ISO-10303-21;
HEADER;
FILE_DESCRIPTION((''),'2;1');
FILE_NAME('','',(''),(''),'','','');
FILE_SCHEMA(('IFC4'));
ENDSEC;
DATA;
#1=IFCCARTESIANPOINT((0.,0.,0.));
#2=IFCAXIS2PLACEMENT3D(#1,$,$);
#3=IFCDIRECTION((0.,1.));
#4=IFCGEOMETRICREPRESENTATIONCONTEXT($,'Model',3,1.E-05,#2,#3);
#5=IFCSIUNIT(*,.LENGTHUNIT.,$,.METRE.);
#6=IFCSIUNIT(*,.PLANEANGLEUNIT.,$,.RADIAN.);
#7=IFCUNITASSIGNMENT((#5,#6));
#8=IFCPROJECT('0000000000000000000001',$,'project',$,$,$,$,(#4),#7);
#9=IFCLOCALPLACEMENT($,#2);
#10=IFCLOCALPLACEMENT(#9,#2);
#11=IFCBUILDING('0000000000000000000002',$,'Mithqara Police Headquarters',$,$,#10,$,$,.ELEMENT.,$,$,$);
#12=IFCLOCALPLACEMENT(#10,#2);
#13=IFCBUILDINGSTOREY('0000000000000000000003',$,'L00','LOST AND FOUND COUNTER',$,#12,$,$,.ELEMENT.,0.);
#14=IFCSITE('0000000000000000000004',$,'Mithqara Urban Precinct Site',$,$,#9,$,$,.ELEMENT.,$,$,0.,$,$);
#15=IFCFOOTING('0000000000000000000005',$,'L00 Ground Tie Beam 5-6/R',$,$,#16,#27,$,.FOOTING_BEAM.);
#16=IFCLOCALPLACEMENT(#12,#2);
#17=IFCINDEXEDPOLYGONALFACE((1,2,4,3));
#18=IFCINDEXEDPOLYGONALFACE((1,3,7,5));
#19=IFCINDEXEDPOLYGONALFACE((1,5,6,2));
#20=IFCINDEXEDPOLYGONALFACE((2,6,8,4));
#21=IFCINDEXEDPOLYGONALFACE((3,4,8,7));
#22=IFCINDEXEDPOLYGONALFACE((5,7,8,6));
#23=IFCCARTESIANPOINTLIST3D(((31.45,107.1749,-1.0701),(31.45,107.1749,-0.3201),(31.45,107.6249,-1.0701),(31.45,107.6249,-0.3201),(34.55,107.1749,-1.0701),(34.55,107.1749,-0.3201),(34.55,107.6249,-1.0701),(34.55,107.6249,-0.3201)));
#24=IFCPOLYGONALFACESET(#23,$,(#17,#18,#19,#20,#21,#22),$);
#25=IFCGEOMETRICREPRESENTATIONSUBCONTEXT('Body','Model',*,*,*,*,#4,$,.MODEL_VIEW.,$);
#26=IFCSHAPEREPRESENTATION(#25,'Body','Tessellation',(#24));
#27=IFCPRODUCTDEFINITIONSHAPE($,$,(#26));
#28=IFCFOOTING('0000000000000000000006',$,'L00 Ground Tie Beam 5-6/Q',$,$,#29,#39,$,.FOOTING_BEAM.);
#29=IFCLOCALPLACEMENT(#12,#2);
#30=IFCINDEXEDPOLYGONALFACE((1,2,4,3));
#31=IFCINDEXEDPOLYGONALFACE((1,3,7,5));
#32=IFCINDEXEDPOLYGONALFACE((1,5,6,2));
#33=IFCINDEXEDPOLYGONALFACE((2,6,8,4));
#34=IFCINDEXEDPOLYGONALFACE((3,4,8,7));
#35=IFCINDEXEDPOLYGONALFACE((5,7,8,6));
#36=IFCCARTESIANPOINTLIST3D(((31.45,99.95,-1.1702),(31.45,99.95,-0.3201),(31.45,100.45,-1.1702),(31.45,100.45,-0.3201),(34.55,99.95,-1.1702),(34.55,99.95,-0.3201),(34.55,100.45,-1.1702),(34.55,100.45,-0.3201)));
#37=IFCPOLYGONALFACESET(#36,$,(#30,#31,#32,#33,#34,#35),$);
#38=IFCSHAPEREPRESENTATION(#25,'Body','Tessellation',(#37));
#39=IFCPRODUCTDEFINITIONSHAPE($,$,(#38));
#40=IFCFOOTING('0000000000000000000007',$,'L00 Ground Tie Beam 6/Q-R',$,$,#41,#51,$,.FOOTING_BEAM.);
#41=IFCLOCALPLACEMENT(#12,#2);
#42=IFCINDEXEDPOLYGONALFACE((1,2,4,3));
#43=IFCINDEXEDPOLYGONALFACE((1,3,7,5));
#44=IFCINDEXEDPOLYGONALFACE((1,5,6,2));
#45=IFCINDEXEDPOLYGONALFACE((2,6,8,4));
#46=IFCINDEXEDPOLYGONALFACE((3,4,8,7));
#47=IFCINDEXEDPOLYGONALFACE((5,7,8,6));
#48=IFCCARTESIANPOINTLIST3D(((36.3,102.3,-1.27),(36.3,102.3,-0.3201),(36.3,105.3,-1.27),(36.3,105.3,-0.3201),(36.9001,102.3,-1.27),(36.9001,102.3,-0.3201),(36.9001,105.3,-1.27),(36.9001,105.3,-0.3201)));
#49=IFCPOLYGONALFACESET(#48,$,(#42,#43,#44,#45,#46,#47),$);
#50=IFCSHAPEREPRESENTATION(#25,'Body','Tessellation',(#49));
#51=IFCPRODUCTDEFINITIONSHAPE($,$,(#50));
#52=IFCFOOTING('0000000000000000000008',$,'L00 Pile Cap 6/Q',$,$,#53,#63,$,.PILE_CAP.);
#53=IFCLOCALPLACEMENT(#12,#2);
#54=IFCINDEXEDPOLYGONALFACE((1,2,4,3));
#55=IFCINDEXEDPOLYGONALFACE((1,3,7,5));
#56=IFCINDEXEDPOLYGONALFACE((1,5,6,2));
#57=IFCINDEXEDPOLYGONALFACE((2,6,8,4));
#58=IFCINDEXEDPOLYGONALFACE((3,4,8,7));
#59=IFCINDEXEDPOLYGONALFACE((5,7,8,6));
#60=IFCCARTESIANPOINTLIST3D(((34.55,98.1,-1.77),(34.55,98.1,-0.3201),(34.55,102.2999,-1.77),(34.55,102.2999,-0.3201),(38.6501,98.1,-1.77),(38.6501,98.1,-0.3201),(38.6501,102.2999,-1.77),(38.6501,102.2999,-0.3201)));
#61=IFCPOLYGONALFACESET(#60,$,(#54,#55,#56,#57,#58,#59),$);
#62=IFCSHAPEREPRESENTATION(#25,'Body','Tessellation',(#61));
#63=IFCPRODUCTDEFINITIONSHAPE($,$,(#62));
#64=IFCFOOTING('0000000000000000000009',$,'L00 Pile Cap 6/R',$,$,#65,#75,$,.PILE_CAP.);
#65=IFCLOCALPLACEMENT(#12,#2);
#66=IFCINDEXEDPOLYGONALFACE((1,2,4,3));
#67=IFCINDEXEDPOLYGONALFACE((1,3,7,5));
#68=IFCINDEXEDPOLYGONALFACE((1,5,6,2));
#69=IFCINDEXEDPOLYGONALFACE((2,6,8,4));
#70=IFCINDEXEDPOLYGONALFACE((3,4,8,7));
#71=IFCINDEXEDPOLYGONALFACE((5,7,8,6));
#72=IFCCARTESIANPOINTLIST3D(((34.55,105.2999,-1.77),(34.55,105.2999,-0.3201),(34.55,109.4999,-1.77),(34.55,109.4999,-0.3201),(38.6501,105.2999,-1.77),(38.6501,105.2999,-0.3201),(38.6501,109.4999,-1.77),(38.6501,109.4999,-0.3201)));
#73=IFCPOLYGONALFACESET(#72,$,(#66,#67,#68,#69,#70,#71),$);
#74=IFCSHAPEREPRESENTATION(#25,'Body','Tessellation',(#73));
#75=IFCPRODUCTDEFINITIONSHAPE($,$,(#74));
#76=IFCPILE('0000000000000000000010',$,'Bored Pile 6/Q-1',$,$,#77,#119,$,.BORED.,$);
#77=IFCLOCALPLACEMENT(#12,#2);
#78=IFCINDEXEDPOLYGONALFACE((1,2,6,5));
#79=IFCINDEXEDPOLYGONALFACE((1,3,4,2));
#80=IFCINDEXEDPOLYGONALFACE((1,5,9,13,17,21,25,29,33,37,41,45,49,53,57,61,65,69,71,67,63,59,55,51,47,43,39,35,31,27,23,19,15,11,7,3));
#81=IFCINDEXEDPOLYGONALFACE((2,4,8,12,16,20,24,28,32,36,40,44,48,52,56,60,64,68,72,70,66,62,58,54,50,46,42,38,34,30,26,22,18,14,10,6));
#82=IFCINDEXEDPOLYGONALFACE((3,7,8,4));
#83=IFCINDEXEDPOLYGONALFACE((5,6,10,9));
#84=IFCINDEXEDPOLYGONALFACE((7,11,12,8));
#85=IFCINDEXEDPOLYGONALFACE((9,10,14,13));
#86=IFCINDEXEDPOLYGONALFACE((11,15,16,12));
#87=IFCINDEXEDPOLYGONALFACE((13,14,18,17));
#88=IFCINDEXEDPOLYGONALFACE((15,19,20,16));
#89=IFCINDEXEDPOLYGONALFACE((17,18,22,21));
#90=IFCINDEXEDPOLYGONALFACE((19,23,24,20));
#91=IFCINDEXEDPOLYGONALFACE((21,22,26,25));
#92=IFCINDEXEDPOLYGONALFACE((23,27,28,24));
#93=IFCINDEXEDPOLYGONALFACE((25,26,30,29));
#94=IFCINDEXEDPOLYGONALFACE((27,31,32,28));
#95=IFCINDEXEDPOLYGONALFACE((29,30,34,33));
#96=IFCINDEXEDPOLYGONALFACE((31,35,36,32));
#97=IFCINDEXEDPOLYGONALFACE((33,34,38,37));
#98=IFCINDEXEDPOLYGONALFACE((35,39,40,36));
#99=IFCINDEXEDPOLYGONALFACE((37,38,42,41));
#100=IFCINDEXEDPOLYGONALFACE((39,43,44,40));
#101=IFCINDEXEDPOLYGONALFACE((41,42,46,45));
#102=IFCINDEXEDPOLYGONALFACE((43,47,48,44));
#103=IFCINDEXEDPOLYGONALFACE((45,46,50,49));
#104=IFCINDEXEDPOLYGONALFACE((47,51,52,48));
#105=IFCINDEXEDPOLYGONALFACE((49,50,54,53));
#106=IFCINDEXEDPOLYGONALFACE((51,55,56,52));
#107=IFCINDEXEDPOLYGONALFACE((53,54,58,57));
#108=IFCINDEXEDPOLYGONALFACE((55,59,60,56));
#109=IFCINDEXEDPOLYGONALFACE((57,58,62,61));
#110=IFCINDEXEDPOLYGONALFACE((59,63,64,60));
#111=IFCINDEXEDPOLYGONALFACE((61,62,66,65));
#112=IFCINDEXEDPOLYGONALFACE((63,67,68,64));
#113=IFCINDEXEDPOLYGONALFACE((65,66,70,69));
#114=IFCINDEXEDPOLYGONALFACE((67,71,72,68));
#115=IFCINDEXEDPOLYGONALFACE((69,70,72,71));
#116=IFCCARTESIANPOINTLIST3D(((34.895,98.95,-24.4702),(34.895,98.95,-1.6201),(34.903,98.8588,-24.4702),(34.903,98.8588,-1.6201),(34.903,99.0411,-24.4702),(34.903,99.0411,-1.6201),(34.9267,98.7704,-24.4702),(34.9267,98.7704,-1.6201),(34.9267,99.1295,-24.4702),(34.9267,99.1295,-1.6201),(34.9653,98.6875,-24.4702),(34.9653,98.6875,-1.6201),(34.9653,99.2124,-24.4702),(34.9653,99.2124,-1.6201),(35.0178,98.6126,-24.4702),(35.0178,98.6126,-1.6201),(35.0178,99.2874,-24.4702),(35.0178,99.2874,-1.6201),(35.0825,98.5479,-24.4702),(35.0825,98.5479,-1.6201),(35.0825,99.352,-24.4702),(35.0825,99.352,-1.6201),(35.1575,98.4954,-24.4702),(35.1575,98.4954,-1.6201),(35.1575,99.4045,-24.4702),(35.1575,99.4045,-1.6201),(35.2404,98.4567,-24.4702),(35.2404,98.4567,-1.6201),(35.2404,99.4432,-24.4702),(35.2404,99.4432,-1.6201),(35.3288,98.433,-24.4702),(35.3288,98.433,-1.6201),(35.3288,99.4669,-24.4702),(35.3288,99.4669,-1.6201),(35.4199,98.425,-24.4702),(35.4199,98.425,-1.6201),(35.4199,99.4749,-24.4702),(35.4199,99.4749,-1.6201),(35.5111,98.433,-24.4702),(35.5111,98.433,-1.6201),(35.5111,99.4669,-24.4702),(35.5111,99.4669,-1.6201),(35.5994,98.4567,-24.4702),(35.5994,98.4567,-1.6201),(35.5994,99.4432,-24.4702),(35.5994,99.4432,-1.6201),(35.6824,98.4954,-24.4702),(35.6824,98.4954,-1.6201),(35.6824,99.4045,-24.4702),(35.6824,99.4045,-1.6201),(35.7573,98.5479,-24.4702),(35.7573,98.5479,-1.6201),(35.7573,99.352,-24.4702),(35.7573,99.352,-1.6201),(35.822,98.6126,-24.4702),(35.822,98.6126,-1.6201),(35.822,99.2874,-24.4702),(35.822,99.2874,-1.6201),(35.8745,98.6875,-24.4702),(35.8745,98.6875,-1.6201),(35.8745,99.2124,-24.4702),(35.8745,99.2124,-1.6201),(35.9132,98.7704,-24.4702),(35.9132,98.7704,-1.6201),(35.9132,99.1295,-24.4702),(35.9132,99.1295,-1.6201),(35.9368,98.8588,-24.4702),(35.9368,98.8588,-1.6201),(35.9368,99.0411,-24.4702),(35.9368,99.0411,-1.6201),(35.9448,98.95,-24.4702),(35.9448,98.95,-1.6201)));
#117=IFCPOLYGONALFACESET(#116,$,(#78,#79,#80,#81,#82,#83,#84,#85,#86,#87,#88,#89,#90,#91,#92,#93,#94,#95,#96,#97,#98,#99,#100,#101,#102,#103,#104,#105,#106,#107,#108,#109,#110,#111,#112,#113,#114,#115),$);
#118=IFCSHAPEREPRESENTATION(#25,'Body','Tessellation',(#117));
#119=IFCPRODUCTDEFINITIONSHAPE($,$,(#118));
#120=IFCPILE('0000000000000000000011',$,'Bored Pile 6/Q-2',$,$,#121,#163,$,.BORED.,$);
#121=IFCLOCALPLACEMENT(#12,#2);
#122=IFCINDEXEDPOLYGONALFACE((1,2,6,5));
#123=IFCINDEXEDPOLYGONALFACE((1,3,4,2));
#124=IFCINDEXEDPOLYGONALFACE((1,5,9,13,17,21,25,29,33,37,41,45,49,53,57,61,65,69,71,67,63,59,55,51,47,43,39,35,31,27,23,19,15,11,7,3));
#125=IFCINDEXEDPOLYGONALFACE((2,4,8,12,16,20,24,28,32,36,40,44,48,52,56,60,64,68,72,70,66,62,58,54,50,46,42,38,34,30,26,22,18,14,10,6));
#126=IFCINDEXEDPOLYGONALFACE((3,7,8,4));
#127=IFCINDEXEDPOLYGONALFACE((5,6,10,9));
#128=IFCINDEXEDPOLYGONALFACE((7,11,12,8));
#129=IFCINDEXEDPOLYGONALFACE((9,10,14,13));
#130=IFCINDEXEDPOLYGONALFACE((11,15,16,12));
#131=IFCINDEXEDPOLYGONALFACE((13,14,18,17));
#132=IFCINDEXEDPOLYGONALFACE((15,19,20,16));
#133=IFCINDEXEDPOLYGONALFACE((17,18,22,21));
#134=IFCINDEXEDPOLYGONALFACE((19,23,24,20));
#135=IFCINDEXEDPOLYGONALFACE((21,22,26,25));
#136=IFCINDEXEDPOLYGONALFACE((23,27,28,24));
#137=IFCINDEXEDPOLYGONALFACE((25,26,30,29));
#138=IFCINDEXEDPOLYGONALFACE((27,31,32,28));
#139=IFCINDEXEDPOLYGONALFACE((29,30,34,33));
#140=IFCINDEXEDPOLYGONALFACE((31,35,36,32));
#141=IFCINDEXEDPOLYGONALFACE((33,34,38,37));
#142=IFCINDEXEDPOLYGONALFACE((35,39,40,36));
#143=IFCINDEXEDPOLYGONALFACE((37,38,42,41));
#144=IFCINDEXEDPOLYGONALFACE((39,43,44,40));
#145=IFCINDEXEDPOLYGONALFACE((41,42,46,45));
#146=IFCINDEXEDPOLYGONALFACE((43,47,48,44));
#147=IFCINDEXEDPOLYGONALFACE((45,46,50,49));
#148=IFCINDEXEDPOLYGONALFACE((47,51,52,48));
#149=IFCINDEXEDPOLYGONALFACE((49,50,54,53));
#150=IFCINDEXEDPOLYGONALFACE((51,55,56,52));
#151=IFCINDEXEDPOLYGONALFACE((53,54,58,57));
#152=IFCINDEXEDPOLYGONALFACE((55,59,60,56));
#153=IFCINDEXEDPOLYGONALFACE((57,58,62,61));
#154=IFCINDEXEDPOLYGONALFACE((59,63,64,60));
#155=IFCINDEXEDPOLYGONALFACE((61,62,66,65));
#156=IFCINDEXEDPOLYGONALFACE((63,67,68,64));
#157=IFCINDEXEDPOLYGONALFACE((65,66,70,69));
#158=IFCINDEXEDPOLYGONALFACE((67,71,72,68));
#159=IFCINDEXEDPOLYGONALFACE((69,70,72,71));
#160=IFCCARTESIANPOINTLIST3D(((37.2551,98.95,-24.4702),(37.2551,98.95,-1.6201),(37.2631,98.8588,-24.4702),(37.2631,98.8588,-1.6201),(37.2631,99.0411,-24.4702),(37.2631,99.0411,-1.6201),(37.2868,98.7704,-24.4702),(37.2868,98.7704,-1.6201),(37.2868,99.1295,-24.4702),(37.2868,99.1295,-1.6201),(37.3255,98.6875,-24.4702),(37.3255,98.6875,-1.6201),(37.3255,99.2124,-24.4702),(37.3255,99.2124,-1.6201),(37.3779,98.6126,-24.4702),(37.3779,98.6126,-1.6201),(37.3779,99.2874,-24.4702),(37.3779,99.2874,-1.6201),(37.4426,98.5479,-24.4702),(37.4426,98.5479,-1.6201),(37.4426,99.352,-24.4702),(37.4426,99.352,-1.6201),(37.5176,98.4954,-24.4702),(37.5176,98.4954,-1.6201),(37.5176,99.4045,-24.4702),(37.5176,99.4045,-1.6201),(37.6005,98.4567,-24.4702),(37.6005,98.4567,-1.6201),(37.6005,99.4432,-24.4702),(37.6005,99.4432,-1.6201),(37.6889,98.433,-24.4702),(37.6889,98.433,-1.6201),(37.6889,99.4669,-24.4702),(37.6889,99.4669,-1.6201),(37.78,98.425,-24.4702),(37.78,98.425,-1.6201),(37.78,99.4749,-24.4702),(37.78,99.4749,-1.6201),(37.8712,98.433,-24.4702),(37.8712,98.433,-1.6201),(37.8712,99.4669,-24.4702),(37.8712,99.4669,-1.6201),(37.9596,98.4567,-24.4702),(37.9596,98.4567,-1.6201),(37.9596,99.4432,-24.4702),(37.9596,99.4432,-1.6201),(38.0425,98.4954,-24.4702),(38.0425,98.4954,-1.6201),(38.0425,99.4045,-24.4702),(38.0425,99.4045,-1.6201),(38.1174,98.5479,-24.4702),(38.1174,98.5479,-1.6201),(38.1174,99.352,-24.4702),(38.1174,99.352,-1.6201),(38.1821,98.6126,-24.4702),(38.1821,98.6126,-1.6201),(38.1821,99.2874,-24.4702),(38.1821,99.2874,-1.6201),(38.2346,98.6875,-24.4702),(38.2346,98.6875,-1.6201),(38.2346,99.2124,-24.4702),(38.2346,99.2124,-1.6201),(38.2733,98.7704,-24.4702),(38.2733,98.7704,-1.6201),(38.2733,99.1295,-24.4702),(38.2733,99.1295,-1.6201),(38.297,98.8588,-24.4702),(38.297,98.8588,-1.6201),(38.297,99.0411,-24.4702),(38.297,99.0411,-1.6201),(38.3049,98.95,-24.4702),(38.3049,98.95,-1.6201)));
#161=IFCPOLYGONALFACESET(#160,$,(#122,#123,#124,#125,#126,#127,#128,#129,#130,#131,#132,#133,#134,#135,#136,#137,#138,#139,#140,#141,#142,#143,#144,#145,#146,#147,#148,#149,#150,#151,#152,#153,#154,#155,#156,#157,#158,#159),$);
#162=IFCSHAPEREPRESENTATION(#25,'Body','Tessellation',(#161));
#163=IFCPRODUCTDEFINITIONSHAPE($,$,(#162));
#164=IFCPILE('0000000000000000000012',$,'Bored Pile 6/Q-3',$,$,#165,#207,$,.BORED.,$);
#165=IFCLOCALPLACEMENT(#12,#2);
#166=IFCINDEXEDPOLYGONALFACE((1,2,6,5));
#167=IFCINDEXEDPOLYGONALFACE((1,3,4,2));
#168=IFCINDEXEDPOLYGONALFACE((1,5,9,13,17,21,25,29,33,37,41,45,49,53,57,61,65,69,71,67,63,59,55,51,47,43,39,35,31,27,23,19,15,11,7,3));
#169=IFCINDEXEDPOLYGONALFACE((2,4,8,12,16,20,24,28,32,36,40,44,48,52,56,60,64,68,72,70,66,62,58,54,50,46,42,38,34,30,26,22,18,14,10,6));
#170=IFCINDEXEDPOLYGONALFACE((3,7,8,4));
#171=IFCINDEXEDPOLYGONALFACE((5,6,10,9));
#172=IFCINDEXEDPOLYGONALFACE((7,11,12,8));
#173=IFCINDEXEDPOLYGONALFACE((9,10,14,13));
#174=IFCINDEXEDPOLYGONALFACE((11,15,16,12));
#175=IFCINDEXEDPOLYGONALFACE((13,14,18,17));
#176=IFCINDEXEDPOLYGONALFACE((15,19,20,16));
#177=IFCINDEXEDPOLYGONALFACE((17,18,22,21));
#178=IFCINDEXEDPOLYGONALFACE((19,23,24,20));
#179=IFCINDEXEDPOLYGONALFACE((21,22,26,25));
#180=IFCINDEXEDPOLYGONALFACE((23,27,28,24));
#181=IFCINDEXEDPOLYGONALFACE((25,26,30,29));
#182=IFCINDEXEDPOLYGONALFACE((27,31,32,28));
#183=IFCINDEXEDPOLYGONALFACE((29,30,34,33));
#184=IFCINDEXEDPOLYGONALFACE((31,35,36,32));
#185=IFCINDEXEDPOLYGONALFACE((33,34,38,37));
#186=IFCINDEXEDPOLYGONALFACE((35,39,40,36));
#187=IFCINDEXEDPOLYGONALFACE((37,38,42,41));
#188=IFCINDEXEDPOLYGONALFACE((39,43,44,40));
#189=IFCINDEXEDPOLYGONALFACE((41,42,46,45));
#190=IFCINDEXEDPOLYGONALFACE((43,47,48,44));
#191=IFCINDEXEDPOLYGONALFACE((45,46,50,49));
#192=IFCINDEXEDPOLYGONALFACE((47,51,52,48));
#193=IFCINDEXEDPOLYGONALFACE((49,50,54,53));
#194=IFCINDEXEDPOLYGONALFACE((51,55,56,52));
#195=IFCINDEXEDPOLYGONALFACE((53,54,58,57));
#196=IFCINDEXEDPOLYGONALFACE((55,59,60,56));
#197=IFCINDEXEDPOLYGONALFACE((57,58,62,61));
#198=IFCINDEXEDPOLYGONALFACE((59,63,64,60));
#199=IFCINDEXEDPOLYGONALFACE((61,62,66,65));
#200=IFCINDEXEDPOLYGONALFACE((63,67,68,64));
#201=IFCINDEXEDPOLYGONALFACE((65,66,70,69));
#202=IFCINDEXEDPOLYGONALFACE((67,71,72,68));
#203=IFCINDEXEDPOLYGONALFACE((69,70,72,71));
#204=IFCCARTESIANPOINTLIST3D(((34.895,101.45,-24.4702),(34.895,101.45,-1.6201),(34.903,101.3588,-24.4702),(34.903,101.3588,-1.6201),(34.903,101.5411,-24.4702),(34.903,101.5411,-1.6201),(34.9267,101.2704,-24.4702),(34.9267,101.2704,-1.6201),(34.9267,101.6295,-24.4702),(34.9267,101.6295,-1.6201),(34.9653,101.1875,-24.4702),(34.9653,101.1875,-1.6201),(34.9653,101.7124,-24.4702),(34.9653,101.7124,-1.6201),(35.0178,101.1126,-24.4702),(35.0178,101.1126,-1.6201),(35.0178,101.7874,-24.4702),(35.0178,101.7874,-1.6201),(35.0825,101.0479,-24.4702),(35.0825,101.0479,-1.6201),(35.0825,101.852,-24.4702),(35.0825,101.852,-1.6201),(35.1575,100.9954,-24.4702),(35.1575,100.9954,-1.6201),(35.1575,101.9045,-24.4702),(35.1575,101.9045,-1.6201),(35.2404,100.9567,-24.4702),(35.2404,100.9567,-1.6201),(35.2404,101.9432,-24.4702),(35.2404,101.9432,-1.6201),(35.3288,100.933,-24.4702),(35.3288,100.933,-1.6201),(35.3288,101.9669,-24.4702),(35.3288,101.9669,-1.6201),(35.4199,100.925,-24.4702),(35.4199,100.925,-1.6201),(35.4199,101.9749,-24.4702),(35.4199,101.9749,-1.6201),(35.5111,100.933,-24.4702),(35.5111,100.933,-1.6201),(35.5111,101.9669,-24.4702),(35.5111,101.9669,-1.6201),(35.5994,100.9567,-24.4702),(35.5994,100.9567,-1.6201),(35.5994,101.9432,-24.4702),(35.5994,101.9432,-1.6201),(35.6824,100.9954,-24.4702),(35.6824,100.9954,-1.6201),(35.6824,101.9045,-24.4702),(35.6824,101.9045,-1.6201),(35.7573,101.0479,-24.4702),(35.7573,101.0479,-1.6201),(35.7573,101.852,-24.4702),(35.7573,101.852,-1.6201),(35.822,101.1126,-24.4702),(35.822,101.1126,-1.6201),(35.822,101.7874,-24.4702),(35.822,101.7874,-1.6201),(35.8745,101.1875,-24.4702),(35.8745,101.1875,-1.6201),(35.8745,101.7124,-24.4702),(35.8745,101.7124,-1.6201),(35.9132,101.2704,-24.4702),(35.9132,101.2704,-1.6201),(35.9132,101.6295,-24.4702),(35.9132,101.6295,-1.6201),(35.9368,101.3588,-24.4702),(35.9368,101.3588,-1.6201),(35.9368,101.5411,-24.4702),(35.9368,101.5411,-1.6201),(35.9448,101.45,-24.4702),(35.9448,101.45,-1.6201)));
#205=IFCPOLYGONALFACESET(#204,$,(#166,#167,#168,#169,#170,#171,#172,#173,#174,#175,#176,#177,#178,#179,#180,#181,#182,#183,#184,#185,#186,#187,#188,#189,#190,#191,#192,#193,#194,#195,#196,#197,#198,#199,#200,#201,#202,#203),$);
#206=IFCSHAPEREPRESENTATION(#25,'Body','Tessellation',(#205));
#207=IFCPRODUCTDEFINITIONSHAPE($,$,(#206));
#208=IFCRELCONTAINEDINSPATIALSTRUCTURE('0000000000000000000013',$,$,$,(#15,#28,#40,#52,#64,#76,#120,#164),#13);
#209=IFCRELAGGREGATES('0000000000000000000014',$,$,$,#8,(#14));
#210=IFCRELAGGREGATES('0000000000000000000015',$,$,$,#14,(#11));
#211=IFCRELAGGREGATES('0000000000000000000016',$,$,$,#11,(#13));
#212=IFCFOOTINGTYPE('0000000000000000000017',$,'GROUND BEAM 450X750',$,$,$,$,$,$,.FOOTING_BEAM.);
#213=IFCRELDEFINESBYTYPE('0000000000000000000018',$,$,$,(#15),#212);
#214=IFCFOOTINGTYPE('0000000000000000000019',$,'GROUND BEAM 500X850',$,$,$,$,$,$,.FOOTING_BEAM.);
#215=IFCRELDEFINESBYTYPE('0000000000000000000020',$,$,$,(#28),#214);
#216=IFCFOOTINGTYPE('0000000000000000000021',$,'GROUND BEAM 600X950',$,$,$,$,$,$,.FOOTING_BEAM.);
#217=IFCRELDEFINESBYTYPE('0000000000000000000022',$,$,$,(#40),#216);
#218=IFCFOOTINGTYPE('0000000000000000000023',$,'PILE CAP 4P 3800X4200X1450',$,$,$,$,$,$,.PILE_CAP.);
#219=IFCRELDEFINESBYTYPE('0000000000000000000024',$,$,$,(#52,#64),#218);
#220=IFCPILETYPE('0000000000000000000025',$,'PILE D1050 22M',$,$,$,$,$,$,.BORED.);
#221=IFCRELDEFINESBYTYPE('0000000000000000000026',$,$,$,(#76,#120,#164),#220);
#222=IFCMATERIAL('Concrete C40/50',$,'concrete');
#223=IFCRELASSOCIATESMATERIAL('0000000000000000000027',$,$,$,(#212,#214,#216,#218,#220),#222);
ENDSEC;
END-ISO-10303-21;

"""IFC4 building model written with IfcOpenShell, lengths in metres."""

from ifc_helpers import new_model, si_unit, direction, frame, origin, origin_2d, place, context, subcontext, project, spatial, rectangle, circle, extrude, material, material_profile, profile_set, type_object, element, save


model = new_model("IFC4")

# Units and contexts
model_context = context("Model", 3, precision=1e-05, world=origin(), true_north=direction((0.0, 1.0)))
body_context = subcontext(model_context, "Body", "Model", "MODEL_VIEW")
ifc_project = project(units=[si_unit("LENGTHUNIT", "METRE"), si_unit("PLANEANGLEUNIT", "RADIAN")], contexts=[model_context])

# Site, building, storey
site_placement = place(None, origin())
site = spatial("IfcSite", under=ifc_project, at=site_placement, Name="Mithqara Urban Precinct Site", CompositionType="ELEMENT", RefElevation=0.0)
building_placement = place(site_placement, origin())
building = spatial("IfcBuilding", under=site, at=building_placement, Name="Mithqara Police Headquarters", CompositionType="ELEMENT")
storey_placement = place(building_placement, origin())
storey = spatial("IfcBuildingStorey", under=building, at=storey_placement, Name="L00", Description="LOST AND FOUND COUNTER", CompositionType="ELEMENT", Elevation=0.0)

# Footings
ifc_material_1 = material(Name="Concrete C40/50", Category="concrete")
footing_type_1 = type_object("IfcFootingType", Name="GROUND BEAM 450X750", PredefinedType="FOOTING_BEAM", material=ifc_material_1)
footing_1_placement = place(storey_placement, frame((33.0, 107.3999, -1.0701), z_axis=(0.0, 0.0, 1.0), x_axis=(1.0, 0.0, 0.0)))
element("IfcFooting", 1, at=footing_1_placement, inside=storey, type_object=footing_type_1, Name="L00 Ground Tie Beam 5-6/R", PredefinedType="FOOTING_BEAM", context=body_context, shape_type="SweptSolid", body=[
    extrude(rectangle(XDim=3.1001, YDim=0.45, at=origin_2d()), origin(), (0.0, 0.0, 1.0), 0.75),
])
footing_type_2 = type_object("IfcFootingType", Name="GROUND BEAM 500X850", PredefinedType="FOOTING_BEAM", material=ifc_material_1)
footing_2_placement = place(storey_placement, frame((33.0, 100.2, -1.1702), z_axis=(0.0, 0.0, 1.0), x_axis=(1.0, 0.0, 0.0)))
element("IfcFooting", 2, at=footing_2_placement, inside=storey, type_object=footing_type_2, Name="L00 Ground Tie Beam 5-6/Q", PredefinedType="FOOTING_BEAM", context=body_context, shape_type="SweptSolid", body=[
    extrude(rectangle(XDim=3.1001, YDim=0.5, at=origin_2d()), origin(), (0.0, 0.0, 1.0), 0.8501),
])
footing_type_3 = type_object("IfcFootingType", Name="GROUND BEAM 600X950", PredefinedType="FOOTING_BEAM", material=ifc_material_1)
footing_3_placement = place(storey_placement, frame((36.6001, 103.8, -1.27), z_axis=(0.0, 0.0, 1.0), x_axis=(1.0, 0.0, 0.0)))
element("IfcFooting", 3, at=footing_3_placement, inside=storey, type_object=footing_type_3, Name="L00 Ground Tie Beam 6/Q-R", PredefinedType="FOOTING_BEAM", context=body_context, shape_type="SweptSolid", body=[
    extrude(rectangle(XDim=0.6001, YDim=3.0, at=origin_2d()), origin(), (0.0, 0.0, 1.0), 0.95),
])
footing_type_4 = type_object("IfcFootingType", Name="PILE CAP 4P 3800X4200X1450", PredefinedType="PILE_CAP", material=ifc_material_1)
for number, where, z_axis, x_axis, name in (
    (4, (36.6001, 100.2, -1.77), (0.0, 0.0, 1.0), (1.0, 0.0, 0.0), "L00 Pile Cap 6/Q"),
    (5, (36.6001, 107.3999, -1.77), (0.0, 0.0, 1.0), (1.0, 0.0, 0.0), "L00 Pile Cap 6/R"),
):
    element("IfcFooting", number, at=place(storey_placement, frame(where, z_axis=z_axis, x_axis=x_axis)), inside=storey, type_object=footing_type_4, Name=name, PredefinedType="PILE_CAP", context=body_context, shape_type="SweptSolid", body=[
        extrude(rectangle(XDim=4.1001, YDim=4.2, at=origin_2d()), origin(), (0.0, 0.0, 1.0), 1.45),
    ])

# Piles
ifc_material_profile_1 = material_profile(ifc_material_1, circle(Radius=0.5249, at=origin_2d()), Name="PILE D1050")
ifc_profile_set_1 = profile_set([ifc_material_profile_1], Name="Concrete C40/50")
pile_type = type_object("IfcPileType", Name="PILE D1050 22M", PredefinedType="BORED", material=ifc_profile_set_1)
for number, where, z_axis, x_axis, name in (
    (6, (35.4199, 98.95, -1.6201), (0.0, 0.0, -1.0), (1.0, 0.0, 0.0), "Bored Pile 6/Q-1"),
    (7, (37.78, 98.95, -1.6201), (0.0, 0.0, -1.0), (1.0, 0.0, 0.0), "Bored Pile 6/Q-2"),
    (8, (35.4199, 101.45, -1.6201), (0.0, 0.0, -1.0), (1.0, 0.0, 0.0), "Bored Pile 6/Q-3"),
):
    element("IfcPile", number, at=place(storey_placement, frame(where, z_axis=z_axis, x_axis=x_axis)), inside=storey, type_object=pile_type, Name=name, PredefinedType="BORED", context=body_context, shape_type="SweptSolid", body=[
        extrude(circle(Radius=0.5249, at=origin_2d()), origin(), (0.0, 0.0, 1.0), 22.8501),
    ])

save(model, "model.ifc")
